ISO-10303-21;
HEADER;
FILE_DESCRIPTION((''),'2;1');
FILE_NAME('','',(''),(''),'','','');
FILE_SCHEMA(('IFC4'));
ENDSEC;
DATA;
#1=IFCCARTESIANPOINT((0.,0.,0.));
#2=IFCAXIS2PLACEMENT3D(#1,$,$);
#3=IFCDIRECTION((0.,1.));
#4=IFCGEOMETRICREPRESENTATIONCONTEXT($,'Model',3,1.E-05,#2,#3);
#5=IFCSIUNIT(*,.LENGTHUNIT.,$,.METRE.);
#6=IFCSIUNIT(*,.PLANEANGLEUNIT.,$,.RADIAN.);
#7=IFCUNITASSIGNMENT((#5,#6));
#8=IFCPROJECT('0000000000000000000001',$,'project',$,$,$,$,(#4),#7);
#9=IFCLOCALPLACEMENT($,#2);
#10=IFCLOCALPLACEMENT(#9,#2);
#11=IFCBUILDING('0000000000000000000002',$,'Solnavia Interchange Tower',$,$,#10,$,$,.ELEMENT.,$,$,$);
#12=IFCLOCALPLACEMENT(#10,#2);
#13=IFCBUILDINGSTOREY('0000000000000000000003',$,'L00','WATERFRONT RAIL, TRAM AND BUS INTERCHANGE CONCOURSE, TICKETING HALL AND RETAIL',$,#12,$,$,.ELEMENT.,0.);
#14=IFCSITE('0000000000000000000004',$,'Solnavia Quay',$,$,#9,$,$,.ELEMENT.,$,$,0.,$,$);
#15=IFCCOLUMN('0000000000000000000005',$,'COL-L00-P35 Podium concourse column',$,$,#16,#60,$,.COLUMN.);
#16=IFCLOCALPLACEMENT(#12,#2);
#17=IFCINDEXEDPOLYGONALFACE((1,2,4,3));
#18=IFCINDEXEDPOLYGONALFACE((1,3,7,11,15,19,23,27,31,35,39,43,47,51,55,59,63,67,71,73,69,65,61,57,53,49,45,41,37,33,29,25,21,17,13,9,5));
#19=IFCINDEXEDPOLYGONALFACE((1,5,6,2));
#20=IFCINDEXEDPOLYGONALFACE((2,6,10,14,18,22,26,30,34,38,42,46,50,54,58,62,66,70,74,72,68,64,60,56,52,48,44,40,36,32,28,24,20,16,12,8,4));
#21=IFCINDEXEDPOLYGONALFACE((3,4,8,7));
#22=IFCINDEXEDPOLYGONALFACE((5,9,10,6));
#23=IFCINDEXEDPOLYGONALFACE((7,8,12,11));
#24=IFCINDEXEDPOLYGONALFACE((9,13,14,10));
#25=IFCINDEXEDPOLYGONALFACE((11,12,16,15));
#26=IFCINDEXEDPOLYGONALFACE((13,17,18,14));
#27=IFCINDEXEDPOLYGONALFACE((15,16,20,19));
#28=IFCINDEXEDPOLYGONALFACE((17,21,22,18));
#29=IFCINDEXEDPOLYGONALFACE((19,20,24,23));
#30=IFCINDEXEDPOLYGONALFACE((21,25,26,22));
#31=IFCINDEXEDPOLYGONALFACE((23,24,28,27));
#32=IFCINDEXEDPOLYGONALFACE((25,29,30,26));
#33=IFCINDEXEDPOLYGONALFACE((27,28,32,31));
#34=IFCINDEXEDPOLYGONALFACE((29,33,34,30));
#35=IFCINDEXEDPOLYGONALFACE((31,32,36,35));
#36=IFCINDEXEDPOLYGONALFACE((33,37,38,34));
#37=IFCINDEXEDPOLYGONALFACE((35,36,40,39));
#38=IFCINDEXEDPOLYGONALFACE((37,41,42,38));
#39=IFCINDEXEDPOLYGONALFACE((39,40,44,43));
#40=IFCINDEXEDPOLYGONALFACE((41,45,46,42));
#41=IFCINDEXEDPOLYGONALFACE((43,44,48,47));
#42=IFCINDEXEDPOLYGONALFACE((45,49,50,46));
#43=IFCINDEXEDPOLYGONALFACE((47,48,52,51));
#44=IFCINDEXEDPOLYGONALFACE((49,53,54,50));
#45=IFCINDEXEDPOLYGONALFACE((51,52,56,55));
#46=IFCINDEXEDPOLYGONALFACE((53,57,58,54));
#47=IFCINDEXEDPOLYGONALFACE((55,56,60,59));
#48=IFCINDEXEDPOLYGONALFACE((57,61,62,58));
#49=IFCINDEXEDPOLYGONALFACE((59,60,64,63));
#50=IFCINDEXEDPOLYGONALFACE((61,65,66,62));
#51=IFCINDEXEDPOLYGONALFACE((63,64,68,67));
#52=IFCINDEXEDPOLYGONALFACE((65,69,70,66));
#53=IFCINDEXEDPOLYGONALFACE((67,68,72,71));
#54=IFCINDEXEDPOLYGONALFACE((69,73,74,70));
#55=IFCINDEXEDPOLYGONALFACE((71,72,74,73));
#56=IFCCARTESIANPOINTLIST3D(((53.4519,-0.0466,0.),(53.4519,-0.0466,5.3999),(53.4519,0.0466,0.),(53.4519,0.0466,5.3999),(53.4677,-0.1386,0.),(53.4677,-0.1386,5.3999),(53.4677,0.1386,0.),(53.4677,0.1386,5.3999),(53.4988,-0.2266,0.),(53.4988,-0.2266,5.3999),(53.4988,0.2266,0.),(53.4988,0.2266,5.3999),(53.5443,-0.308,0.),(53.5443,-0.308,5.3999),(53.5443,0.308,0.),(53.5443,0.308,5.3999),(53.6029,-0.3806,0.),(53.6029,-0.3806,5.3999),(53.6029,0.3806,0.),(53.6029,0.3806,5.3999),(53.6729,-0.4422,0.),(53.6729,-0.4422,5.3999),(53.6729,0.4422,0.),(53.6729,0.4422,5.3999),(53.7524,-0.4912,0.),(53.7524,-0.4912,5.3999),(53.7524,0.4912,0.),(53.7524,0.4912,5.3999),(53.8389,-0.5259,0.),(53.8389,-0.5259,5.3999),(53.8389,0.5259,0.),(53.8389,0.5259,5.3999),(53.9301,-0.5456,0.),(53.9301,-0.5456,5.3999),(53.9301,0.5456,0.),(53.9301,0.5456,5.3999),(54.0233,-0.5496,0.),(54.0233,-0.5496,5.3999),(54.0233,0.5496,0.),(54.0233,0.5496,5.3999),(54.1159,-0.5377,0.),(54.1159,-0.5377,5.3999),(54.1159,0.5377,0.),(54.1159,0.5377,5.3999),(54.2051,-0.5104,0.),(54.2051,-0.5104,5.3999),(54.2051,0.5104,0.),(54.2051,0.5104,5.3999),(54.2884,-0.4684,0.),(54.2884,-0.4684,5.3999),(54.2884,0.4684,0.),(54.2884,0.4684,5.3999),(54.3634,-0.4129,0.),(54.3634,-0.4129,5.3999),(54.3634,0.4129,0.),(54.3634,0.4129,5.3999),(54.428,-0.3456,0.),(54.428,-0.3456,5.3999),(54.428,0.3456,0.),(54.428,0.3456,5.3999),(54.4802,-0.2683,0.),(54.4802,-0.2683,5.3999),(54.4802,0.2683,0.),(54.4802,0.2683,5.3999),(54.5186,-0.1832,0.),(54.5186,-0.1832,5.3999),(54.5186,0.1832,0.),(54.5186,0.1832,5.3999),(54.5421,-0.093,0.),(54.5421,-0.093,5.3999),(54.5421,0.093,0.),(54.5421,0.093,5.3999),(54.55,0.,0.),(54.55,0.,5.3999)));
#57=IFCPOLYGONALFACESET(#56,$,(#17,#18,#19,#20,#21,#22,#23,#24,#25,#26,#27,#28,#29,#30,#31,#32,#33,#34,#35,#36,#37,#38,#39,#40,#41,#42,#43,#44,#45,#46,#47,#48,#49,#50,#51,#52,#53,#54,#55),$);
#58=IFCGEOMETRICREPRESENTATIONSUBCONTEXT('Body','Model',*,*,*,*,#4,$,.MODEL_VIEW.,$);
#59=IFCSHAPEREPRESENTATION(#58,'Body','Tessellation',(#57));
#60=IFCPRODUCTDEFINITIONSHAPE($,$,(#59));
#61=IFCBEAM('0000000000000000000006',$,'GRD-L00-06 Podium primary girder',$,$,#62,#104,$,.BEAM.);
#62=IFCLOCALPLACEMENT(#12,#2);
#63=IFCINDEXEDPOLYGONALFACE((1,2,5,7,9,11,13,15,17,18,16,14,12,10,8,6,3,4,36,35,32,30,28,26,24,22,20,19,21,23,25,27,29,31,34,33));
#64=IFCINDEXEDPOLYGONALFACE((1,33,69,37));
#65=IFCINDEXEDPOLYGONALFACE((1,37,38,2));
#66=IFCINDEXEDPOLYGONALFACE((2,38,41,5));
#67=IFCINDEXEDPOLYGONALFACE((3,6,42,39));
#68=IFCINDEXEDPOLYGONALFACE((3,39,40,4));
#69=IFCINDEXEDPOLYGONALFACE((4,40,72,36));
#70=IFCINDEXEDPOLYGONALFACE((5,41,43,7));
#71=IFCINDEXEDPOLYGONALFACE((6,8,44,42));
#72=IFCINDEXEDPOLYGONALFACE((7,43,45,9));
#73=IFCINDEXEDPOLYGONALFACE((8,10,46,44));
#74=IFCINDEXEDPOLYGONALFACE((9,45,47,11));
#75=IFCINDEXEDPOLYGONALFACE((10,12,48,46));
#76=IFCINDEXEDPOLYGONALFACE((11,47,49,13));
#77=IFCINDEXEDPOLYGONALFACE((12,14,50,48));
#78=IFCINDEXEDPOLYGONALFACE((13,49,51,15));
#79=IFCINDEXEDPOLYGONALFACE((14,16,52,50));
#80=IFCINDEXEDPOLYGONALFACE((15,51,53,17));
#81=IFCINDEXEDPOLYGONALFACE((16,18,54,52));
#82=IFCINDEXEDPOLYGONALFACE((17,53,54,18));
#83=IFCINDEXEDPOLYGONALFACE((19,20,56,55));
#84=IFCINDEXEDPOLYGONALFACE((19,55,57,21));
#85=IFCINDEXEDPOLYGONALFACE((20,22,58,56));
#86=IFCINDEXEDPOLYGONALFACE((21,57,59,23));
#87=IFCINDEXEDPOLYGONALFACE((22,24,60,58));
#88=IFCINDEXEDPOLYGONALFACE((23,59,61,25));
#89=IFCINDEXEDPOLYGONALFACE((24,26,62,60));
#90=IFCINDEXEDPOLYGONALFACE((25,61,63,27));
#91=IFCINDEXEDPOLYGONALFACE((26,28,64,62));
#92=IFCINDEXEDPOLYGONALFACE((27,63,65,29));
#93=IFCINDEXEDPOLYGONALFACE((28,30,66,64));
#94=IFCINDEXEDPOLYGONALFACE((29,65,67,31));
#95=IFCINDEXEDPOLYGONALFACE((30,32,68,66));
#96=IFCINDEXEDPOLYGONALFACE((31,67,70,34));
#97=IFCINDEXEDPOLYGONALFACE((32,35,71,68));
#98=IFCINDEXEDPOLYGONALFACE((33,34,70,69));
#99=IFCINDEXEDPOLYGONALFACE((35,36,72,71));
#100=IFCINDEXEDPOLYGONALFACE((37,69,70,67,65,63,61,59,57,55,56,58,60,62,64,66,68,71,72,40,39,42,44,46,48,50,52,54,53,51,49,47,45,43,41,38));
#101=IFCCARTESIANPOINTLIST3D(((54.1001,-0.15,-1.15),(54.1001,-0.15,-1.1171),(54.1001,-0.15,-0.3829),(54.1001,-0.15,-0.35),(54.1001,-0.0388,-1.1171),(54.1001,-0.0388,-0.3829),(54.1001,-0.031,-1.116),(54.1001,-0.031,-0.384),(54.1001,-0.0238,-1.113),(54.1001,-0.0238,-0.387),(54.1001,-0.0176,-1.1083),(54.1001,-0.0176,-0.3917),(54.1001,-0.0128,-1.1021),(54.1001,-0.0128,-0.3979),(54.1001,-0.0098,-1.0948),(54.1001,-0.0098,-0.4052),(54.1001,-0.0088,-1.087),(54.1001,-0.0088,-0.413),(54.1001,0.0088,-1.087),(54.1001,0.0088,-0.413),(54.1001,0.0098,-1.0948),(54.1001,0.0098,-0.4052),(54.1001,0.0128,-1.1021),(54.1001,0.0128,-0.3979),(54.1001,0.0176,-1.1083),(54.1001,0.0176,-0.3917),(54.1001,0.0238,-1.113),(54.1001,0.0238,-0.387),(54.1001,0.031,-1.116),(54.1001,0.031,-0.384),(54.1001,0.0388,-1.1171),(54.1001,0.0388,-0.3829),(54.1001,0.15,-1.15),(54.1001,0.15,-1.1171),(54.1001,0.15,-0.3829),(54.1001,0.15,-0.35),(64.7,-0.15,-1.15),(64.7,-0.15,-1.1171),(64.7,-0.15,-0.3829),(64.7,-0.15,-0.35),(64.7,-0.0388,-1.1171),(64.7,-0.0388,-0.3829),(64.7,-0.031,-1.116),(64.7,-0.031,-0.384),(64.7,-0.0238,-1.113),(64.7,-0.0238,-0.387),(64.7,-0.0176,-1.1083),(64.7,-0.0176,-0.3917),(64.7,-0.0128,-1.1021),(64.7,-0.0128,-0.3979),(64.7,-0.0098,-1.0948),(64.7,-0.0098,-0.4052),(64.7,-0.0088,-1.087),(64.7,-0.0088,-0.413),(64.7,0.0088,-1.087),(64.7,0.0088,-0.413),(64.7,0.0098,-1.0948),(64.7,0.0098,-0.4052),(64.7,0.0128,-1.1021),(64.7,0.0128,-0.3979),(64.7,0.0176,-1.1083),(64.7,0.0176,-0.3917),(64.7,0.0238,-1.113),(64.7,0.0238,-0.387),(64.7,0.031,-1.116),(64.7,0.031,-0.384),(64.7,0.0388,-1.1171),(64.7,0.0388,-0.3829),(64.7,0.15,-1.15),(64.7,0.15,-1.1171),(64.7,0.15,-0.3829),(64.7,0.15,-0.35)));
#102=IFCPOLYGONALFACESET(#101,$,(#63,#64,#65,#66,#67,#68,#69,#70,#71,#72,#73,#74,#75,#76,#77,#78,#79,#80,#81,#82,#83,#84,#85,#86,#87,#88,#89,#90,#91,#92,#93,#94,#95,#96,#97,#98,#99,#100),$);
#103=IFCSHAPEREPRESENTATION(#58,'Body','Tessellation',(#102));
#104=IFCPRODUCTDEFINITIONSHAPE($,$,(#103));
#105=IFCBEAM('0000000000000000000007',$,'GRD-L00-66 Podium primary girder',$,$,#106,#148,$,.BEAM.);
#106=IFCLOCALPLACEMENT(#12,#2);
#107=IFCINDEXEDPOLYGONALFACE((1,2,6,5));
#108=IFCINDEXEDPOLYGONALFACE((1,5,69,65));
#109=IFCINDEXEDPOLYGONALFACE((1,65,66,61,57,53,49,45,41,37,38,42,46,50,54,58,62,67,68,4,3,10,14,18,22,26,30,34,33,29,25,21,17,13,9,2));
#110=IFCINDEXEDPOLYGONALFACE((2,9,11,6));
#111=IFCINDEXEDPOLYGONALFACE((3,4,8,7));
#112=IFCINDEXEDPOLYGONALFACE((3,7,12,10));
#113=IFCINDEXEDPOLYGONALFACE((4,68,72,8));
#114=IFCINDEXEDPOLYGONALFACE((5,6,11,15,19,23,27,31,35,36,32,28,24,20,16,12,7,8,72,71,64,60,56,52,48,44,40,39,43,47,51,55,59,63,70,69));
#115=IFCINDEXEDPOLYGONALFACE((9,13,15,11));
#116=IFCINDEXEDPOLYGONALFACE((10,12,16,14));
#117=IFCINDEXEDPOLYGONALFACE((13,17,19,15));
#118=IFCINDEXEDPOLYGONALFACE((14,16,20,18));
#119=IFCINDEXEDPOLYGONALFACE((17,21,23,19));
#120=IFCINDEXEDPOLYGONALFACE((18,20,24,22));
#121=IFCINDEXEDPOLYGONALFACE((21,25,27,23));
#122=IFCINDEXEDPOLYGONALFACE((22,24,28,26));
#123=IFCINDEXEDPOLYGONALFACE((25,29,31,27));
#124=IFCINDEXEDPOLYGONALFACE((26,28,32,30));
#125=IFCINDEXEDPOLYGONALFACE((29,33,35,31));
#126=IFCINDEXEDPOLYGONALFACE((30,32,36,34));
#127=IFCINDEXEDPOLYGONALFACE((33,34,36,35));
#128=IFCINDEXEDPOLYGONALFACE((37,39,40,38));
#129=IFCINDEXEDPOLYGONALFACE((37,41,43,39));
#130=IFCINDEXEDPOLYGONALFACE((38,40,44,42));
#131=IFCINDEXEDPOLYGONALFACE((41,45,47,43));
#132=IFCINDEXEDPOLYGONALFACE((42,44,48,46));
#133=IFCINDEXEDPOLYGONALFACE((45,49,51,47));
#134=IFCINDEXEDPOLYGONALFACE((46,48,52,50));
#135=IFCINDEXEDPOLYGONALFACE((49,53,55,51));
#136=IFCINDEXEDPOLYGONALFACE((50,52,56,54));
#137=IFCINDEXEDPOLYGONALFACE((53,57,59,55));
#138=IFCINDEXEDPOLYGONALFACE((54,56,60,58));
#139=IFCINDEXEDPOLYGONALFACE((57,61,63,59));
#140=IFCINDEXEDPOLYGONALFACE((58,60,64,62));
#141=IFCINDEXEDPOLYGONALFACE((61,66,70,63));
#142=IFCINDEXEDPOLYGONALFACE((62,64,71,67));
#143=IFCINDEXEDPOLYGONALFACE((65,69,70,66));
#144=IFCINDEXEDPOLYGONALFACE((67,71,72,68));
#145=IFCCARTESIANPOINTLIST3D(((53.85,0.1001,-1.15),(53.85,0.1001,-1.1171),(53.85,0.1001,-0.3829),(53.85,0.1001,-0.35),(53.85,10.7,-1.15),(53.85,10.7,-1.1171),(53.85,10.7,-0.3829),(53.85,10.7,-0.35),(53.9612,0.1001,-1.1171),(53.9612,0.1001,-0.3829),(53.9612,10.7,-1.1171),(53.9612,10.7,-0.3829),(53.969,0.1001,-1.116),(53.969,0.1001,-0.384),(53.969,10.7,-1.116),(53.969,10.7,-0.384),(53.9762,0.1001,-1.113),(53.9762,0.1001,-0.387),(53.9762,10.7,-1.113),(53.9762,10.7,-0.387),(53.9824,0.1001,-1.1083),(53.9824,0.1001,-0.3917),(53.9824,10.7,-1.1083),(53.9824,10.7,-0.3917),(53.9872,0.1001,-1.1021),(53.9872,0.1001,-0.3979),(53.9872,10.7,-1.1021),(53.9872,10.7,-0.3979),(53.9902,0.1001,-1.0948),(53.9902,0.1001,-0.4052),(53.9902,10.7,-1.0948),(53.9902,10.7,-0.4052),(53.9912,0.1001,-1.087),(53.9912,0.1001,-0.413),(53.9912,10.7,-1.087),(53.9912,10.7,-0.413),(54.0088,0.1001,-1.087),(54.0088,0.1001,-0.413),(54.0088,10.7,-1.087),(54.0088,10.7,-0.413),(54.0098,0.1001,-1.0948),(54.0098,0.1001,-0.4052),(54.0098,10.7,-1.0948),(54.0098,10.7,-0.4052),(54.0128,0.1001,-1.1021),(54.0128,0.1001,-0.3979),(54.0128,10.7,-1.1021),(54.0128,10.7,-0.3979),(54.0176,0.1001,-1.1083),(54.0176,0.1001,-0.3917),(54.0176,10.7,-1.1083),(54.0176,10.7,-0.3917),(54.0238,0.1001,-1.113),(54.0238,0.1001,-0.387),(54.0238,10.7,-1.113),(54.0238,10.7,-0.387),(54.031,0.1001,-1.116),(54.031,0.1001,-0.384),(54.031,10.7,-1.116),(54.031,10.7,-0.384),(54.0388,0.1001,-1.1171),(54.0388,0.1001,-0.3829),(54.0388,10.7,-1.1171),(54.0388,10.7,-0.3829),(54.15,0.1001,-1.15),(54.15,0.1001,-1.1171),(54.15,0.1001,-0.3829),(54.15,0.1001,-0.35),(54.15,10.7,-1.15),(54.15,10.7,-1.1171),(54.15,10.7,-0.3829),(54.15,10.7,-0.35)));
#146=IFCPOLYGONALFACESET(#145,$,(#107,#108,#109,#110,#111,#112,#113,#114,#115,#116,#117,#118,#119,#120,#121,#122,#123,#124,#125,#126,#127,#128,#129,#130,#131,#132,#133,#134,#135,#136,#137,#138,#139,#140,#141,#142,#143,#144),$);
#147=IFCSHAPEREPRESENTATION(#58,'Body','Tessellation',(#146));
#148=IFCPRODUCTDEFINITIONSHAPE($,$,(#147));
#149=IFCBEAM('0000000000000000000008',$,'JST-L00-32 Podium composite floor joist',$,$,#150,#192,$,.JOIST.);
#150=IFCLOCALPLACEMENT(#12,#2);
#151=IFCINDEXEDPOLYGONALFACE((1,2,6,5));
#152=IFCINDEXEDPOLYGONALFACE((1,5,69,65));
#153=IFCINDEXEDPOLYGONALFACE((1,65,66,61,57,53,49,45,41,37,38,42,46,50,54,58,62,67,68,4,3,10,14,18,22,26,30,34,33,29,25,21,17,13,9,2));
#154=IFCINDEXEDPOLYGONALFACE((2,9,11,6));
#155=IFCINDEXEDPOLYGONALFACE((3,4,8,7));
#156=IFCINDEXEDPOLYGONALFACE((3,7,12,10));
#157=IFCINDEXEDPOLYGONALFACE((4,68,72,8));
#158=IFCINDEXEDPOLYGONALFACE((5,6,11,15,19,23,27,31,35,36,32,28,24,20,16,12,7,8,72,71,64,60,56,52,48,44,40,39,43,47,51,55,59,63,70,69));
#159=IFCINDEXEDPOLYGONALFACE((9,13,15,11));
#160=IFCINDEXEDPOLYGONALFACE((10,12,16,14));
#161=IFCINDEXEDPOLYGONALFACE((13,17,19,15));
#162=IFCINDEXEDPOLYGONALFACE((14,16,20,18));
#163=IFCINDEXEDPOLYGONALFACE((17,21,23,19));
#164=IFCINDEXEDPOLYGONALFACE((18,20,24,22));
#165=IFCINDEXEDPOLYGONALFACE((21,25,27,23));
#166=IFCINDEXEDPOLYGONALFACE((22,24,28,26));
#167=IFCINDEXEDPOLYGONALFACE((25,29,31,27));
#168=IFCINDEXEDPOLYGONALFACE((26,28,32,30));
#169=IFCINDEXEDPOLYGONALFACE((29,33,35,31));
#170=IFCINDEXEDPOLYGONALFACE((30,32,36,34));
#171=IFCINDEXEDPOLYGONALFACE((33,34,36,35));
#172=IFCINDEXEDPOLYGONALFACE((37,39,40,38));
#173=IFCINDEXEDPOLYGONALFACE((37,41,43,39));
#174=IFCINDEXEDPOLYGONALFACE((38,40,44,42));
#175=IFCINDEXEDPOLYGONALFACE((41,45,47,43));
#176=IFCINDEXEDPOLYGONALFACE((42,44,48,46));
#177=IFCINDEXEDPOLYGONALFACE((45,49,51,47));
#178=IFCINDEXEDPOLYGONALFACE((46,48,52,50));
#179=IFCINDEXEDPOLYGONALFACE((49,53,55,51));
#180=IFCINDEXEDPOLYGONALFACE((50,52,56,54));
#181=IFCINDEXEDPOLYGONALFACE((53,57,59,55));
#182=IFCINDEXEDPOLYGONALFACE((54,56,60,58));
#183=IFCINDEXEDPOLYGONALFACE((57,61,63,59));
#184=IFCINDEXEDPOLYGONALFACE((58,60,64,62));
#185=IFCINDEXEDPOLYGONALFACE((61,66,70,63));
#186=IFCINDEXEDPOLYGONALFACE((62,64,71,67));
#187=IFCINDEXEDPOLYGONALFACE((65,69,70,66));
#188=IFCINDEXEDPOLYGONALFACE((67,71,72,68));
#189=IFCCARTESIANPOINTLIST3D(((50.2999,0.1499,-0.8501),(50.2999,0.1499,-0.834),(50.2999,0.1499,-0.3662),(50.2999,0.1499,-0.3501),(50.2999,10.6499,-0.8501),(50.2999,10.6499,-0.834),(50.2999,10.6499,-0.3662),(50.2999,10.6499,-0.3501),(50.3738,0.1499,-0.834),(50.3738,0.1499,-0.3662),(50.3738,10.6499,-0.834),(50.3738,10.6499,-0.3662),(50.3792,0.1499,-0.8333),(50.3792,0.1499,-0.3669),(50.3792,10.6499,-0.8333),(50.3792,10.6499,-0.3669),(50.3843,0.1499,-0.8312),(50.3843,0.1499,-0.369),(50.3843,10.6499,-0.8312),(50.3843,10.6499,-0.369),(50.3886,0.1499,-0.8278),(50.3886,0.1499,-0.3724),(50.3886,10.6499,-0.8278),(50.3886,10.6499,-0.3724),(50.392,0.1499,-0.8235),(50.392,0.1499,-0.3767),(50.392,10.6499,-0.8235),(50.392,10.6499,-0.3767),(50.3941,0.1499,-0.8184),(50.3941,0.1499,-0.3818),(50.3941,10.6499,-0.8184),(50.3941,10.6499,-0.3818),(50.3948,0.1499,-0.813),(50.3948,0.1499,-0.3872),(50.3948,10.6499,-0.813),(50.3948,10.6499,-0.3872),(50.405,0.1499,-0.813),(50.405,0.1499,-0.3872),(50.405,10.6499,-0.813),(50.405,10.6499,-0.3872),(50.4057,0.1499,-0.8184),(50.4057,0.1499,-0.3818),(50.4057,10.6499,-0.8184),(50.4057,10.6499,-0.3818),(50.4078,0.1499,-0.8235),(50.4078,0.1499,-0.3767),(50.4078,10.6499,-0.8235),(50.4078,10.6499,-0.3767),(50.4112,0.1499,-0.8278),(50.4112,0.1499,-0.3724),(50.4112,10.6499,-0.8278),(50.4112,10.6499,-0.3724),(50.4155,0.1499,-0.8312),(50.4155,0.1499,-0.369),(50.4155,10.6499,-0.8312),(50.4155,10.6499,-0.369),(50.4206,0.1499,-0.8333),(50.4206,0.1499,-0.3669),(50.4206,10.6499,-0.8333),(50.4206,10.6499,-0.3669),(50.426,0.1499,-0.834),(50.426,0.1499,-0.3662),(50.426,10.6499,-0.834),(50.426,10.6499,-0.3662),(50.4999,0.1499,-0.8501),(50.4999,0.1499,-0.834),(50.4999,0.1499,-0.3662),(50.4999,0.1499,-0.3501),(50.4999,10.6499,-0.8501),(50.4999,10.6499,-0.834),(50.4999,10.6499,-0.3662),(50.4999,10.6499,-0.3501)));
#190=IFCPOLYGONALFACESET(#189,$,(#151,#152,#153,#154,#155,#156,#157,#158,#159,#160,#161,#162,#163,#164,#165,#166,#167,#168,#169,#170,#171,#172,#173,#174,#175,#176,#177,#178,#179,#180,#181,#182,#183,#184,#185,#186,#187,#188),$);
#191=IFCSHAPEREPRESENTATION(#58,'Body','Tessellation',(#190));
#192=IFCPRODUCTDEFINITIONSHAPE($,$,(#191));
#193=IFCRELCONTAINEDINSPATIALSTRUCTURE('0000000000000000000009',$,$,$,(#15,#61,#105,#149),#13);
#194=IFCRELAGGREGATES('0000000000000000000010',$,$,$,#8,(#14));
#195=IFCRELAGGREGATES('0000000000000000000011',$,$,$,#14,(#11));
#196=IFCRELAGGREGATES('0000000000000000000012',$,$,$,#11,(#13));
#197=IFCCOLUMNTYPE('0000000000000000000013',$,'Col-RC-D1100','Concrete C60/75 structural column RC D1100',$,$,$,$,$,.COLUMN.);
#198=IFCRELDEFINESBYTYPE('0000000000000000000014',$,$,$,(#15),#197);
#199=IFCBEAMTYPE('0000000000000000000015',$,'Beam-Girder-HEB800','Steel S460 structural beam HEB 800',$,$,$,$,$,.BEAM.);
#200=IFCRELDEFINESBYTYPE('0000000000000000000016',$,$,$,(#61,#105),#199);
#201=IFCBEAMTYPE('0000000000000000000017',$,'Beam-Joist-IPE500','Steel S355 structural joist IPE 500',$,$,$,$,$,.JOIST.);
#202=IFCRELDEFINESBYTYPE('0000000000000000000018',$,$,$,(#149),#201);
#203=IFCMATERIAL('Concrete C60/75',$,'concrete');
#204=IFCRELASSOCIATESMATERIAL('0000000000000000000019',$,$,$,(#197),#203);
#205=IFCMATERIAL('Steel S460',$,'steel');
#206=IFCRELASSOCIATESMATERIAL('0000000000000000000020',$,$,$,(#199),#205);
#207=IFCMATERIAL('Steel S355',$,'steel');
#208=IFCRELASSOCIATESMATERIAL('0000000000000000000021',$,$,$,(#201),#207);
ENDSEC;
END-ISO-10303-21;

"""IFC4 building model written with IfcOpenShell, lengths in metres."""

from ifc_helpers import new_model, si_unit, direction, frame, origin, origin_2d, place, context, subcontext, project, spatial, circle, i_section, extrude, material, material_profile, profile_set, type_object, element, save


model = new_model("IFC4")

# Units and contexts
model_context = context("Model", 3, precision=1e-05, world=origin(), true_north=direction((0.0, 1.0)))
body_context = subcontext(model_context, "Body", "Model", "MODEL_VIEW")
ifc_project = project(units=[si_unit("LENGTHUNIT", "METRE"), si_unit("PLANEANGLEUNIT", "RADIAN")], contexts=[model_context])

# Site, building, storey
site_placement = place(None, origin())
site = spatial("IfcSite", under=ifc_project, at=site_placement, Name="Solnavia Quay", CompositionType="ELEMENT", RefElevation=0.0)
building_placement = place(site_placement, origin())
building = spatial("IfcBuilding", under=site, at=building_placement, Name="Solnavia Interchange Tower", CompositionType="ELEMENT")
storey_placement = place(building_placement, origin())
storey = spatial("IfcBuildingStorey", under=building, at=storey_placement, Name="L00", Description="WATERFRONT RAIL, TRAM AND BUS INTERCHANGE CONCOURSE, TICKETING HALL AND RETAIL", CompositionType="ELEMENT", Elevation=0.0)

# Column
ifc_material_1 = material(Name="Concrete C60/75", Category="concrete")
ifc_material_profile_1 = material_profile(ifc_material_1, circle(Radius=0.55, at=origin_2d()), Name="RC D1100")
ifc_profile_set_1 = profile_set([ifc_material_profile_1], Name="Concrete C60/75")
column_type = type_object("IfcColumnType", Name="Col-RC-D1100", Description="Concrete C60/75 structural column RC D1100", PredefinedType="COLUMN", material=ifc_profile_set_1)
column_placement = place(storey_placement, frame((54.0, 0.0, 0.0), z_axis=(0.0, 0.0, 1.0), x_axis=(1.0, 0.0, 0.0)))
element("IfcColumn", 1, at=column_placement, inside=storey, type_object=column_type, Name="COL-L00-P35 Podium concourse column", PredefinedType="COLUMN", context=body_context, shape_type="SweptSolid", body=[
    extrude(circle(Radius=0.55, at=origin_2d()), origin(), (0.0, 0.0, 1.0), 5.3999),
])

# Beams
ifc_material_2 = material(Name="Steel S460", Category="steel")
ifc_material_profile_2 = material_profile(ifc_material_2, i_section(OverallWidth=0.3, OverallDepth=0.8, WebThickness=0.0176, FlangeThickness=0.033, FilletRadius=0.03, at=origin_2d()), Name="HEB 800")
ifc_profile_set_2 = profile_set([ifc_material_profile_2], Name="Steel S460")
beam_type_1 = type_object("IfcBeamType", Name="Beam-Girder-HEB800", Description="Steel S460 structural beam HEB 800", PredefinedType="BEAM", material=ifc_profile_set_2)
for number, where, z_axis, x_axis, name in (
    (2, (54.1001, 0.0, -0.75), (1.0, 0.0, 0.0), (0.0, 1.0, 0.0), "GRD-L00-06 Podium primary girder"),
    (3, (54.0, 0.1001, -0.75), (0.0, 1.0, 0.0), (-1.0, 0.0, 0.0), "GRD-L00-66 Podium primary girder"),
):
    element("IfcBeam", number, at=place(storey_placement, frame(where, z_axis=z_axis, x_axis=x_axis)), inside=storey, type_object=beam_type_1, Name=name, PredefinedType="BEAM", context=body_context, shape_type="SweptSolid", body=[
        extrude(i_section(OverallWidth=0.3, OverallDepth=0.8, WebThickness=0.0176, FlangeThickness=0.033, FilletRadius=0.03, at=origin_2d()), origin(), (0.0, 0.0, 1.0), 10.5999),
    ])
ifc_material_3 = material(Name="Steel S355", Category="steel")
ifc_material_profile_3 = material_profile(ifc_material_3, i_section(OverallWidth=0.2, OverallDepth=0.5, WebThickness=0.0103, FlangeThickness=0.0161, FilletRadius=0.021, at=origin_2d()), Name="IPE 500")
ifc_profile_set_3 = profile_set([ifc_material_profile_3], Name="Steel S355")
beam_type_2 = type_object("IfcBeamType", Name="Beam-Joist-IPE500", Description="Steel S355 structural joist IPE 500", PredefinedType="JOIST", material=ifc_profile_set_3)
beam_placement = place(storey_placement, frame((50.3999, 0.1499, -0.6001), z_axis=(0.0, 1.0, 0.0), x_axis=(-1.0, 0.0, 0.0)))
element("IfcBeam", 4, at=beam_placement, inside=storey, type_object=beam_type_2, Name="JST-L00-32 Podium composite floor joist", PredefinedType="JOIST", context=body_context, shape_type="SweptSolid", body=[
    extrude(i_section(OverallWidth=0.2, OverallDepth=0.5, WebThickness=0.0103, FlangeThickness=0.0161, FilletRadius=0.021, at=origin_2d()), origin(), (0.0, 0.0, 1.0), 10.5),
])

save(model, "model.ifc")
